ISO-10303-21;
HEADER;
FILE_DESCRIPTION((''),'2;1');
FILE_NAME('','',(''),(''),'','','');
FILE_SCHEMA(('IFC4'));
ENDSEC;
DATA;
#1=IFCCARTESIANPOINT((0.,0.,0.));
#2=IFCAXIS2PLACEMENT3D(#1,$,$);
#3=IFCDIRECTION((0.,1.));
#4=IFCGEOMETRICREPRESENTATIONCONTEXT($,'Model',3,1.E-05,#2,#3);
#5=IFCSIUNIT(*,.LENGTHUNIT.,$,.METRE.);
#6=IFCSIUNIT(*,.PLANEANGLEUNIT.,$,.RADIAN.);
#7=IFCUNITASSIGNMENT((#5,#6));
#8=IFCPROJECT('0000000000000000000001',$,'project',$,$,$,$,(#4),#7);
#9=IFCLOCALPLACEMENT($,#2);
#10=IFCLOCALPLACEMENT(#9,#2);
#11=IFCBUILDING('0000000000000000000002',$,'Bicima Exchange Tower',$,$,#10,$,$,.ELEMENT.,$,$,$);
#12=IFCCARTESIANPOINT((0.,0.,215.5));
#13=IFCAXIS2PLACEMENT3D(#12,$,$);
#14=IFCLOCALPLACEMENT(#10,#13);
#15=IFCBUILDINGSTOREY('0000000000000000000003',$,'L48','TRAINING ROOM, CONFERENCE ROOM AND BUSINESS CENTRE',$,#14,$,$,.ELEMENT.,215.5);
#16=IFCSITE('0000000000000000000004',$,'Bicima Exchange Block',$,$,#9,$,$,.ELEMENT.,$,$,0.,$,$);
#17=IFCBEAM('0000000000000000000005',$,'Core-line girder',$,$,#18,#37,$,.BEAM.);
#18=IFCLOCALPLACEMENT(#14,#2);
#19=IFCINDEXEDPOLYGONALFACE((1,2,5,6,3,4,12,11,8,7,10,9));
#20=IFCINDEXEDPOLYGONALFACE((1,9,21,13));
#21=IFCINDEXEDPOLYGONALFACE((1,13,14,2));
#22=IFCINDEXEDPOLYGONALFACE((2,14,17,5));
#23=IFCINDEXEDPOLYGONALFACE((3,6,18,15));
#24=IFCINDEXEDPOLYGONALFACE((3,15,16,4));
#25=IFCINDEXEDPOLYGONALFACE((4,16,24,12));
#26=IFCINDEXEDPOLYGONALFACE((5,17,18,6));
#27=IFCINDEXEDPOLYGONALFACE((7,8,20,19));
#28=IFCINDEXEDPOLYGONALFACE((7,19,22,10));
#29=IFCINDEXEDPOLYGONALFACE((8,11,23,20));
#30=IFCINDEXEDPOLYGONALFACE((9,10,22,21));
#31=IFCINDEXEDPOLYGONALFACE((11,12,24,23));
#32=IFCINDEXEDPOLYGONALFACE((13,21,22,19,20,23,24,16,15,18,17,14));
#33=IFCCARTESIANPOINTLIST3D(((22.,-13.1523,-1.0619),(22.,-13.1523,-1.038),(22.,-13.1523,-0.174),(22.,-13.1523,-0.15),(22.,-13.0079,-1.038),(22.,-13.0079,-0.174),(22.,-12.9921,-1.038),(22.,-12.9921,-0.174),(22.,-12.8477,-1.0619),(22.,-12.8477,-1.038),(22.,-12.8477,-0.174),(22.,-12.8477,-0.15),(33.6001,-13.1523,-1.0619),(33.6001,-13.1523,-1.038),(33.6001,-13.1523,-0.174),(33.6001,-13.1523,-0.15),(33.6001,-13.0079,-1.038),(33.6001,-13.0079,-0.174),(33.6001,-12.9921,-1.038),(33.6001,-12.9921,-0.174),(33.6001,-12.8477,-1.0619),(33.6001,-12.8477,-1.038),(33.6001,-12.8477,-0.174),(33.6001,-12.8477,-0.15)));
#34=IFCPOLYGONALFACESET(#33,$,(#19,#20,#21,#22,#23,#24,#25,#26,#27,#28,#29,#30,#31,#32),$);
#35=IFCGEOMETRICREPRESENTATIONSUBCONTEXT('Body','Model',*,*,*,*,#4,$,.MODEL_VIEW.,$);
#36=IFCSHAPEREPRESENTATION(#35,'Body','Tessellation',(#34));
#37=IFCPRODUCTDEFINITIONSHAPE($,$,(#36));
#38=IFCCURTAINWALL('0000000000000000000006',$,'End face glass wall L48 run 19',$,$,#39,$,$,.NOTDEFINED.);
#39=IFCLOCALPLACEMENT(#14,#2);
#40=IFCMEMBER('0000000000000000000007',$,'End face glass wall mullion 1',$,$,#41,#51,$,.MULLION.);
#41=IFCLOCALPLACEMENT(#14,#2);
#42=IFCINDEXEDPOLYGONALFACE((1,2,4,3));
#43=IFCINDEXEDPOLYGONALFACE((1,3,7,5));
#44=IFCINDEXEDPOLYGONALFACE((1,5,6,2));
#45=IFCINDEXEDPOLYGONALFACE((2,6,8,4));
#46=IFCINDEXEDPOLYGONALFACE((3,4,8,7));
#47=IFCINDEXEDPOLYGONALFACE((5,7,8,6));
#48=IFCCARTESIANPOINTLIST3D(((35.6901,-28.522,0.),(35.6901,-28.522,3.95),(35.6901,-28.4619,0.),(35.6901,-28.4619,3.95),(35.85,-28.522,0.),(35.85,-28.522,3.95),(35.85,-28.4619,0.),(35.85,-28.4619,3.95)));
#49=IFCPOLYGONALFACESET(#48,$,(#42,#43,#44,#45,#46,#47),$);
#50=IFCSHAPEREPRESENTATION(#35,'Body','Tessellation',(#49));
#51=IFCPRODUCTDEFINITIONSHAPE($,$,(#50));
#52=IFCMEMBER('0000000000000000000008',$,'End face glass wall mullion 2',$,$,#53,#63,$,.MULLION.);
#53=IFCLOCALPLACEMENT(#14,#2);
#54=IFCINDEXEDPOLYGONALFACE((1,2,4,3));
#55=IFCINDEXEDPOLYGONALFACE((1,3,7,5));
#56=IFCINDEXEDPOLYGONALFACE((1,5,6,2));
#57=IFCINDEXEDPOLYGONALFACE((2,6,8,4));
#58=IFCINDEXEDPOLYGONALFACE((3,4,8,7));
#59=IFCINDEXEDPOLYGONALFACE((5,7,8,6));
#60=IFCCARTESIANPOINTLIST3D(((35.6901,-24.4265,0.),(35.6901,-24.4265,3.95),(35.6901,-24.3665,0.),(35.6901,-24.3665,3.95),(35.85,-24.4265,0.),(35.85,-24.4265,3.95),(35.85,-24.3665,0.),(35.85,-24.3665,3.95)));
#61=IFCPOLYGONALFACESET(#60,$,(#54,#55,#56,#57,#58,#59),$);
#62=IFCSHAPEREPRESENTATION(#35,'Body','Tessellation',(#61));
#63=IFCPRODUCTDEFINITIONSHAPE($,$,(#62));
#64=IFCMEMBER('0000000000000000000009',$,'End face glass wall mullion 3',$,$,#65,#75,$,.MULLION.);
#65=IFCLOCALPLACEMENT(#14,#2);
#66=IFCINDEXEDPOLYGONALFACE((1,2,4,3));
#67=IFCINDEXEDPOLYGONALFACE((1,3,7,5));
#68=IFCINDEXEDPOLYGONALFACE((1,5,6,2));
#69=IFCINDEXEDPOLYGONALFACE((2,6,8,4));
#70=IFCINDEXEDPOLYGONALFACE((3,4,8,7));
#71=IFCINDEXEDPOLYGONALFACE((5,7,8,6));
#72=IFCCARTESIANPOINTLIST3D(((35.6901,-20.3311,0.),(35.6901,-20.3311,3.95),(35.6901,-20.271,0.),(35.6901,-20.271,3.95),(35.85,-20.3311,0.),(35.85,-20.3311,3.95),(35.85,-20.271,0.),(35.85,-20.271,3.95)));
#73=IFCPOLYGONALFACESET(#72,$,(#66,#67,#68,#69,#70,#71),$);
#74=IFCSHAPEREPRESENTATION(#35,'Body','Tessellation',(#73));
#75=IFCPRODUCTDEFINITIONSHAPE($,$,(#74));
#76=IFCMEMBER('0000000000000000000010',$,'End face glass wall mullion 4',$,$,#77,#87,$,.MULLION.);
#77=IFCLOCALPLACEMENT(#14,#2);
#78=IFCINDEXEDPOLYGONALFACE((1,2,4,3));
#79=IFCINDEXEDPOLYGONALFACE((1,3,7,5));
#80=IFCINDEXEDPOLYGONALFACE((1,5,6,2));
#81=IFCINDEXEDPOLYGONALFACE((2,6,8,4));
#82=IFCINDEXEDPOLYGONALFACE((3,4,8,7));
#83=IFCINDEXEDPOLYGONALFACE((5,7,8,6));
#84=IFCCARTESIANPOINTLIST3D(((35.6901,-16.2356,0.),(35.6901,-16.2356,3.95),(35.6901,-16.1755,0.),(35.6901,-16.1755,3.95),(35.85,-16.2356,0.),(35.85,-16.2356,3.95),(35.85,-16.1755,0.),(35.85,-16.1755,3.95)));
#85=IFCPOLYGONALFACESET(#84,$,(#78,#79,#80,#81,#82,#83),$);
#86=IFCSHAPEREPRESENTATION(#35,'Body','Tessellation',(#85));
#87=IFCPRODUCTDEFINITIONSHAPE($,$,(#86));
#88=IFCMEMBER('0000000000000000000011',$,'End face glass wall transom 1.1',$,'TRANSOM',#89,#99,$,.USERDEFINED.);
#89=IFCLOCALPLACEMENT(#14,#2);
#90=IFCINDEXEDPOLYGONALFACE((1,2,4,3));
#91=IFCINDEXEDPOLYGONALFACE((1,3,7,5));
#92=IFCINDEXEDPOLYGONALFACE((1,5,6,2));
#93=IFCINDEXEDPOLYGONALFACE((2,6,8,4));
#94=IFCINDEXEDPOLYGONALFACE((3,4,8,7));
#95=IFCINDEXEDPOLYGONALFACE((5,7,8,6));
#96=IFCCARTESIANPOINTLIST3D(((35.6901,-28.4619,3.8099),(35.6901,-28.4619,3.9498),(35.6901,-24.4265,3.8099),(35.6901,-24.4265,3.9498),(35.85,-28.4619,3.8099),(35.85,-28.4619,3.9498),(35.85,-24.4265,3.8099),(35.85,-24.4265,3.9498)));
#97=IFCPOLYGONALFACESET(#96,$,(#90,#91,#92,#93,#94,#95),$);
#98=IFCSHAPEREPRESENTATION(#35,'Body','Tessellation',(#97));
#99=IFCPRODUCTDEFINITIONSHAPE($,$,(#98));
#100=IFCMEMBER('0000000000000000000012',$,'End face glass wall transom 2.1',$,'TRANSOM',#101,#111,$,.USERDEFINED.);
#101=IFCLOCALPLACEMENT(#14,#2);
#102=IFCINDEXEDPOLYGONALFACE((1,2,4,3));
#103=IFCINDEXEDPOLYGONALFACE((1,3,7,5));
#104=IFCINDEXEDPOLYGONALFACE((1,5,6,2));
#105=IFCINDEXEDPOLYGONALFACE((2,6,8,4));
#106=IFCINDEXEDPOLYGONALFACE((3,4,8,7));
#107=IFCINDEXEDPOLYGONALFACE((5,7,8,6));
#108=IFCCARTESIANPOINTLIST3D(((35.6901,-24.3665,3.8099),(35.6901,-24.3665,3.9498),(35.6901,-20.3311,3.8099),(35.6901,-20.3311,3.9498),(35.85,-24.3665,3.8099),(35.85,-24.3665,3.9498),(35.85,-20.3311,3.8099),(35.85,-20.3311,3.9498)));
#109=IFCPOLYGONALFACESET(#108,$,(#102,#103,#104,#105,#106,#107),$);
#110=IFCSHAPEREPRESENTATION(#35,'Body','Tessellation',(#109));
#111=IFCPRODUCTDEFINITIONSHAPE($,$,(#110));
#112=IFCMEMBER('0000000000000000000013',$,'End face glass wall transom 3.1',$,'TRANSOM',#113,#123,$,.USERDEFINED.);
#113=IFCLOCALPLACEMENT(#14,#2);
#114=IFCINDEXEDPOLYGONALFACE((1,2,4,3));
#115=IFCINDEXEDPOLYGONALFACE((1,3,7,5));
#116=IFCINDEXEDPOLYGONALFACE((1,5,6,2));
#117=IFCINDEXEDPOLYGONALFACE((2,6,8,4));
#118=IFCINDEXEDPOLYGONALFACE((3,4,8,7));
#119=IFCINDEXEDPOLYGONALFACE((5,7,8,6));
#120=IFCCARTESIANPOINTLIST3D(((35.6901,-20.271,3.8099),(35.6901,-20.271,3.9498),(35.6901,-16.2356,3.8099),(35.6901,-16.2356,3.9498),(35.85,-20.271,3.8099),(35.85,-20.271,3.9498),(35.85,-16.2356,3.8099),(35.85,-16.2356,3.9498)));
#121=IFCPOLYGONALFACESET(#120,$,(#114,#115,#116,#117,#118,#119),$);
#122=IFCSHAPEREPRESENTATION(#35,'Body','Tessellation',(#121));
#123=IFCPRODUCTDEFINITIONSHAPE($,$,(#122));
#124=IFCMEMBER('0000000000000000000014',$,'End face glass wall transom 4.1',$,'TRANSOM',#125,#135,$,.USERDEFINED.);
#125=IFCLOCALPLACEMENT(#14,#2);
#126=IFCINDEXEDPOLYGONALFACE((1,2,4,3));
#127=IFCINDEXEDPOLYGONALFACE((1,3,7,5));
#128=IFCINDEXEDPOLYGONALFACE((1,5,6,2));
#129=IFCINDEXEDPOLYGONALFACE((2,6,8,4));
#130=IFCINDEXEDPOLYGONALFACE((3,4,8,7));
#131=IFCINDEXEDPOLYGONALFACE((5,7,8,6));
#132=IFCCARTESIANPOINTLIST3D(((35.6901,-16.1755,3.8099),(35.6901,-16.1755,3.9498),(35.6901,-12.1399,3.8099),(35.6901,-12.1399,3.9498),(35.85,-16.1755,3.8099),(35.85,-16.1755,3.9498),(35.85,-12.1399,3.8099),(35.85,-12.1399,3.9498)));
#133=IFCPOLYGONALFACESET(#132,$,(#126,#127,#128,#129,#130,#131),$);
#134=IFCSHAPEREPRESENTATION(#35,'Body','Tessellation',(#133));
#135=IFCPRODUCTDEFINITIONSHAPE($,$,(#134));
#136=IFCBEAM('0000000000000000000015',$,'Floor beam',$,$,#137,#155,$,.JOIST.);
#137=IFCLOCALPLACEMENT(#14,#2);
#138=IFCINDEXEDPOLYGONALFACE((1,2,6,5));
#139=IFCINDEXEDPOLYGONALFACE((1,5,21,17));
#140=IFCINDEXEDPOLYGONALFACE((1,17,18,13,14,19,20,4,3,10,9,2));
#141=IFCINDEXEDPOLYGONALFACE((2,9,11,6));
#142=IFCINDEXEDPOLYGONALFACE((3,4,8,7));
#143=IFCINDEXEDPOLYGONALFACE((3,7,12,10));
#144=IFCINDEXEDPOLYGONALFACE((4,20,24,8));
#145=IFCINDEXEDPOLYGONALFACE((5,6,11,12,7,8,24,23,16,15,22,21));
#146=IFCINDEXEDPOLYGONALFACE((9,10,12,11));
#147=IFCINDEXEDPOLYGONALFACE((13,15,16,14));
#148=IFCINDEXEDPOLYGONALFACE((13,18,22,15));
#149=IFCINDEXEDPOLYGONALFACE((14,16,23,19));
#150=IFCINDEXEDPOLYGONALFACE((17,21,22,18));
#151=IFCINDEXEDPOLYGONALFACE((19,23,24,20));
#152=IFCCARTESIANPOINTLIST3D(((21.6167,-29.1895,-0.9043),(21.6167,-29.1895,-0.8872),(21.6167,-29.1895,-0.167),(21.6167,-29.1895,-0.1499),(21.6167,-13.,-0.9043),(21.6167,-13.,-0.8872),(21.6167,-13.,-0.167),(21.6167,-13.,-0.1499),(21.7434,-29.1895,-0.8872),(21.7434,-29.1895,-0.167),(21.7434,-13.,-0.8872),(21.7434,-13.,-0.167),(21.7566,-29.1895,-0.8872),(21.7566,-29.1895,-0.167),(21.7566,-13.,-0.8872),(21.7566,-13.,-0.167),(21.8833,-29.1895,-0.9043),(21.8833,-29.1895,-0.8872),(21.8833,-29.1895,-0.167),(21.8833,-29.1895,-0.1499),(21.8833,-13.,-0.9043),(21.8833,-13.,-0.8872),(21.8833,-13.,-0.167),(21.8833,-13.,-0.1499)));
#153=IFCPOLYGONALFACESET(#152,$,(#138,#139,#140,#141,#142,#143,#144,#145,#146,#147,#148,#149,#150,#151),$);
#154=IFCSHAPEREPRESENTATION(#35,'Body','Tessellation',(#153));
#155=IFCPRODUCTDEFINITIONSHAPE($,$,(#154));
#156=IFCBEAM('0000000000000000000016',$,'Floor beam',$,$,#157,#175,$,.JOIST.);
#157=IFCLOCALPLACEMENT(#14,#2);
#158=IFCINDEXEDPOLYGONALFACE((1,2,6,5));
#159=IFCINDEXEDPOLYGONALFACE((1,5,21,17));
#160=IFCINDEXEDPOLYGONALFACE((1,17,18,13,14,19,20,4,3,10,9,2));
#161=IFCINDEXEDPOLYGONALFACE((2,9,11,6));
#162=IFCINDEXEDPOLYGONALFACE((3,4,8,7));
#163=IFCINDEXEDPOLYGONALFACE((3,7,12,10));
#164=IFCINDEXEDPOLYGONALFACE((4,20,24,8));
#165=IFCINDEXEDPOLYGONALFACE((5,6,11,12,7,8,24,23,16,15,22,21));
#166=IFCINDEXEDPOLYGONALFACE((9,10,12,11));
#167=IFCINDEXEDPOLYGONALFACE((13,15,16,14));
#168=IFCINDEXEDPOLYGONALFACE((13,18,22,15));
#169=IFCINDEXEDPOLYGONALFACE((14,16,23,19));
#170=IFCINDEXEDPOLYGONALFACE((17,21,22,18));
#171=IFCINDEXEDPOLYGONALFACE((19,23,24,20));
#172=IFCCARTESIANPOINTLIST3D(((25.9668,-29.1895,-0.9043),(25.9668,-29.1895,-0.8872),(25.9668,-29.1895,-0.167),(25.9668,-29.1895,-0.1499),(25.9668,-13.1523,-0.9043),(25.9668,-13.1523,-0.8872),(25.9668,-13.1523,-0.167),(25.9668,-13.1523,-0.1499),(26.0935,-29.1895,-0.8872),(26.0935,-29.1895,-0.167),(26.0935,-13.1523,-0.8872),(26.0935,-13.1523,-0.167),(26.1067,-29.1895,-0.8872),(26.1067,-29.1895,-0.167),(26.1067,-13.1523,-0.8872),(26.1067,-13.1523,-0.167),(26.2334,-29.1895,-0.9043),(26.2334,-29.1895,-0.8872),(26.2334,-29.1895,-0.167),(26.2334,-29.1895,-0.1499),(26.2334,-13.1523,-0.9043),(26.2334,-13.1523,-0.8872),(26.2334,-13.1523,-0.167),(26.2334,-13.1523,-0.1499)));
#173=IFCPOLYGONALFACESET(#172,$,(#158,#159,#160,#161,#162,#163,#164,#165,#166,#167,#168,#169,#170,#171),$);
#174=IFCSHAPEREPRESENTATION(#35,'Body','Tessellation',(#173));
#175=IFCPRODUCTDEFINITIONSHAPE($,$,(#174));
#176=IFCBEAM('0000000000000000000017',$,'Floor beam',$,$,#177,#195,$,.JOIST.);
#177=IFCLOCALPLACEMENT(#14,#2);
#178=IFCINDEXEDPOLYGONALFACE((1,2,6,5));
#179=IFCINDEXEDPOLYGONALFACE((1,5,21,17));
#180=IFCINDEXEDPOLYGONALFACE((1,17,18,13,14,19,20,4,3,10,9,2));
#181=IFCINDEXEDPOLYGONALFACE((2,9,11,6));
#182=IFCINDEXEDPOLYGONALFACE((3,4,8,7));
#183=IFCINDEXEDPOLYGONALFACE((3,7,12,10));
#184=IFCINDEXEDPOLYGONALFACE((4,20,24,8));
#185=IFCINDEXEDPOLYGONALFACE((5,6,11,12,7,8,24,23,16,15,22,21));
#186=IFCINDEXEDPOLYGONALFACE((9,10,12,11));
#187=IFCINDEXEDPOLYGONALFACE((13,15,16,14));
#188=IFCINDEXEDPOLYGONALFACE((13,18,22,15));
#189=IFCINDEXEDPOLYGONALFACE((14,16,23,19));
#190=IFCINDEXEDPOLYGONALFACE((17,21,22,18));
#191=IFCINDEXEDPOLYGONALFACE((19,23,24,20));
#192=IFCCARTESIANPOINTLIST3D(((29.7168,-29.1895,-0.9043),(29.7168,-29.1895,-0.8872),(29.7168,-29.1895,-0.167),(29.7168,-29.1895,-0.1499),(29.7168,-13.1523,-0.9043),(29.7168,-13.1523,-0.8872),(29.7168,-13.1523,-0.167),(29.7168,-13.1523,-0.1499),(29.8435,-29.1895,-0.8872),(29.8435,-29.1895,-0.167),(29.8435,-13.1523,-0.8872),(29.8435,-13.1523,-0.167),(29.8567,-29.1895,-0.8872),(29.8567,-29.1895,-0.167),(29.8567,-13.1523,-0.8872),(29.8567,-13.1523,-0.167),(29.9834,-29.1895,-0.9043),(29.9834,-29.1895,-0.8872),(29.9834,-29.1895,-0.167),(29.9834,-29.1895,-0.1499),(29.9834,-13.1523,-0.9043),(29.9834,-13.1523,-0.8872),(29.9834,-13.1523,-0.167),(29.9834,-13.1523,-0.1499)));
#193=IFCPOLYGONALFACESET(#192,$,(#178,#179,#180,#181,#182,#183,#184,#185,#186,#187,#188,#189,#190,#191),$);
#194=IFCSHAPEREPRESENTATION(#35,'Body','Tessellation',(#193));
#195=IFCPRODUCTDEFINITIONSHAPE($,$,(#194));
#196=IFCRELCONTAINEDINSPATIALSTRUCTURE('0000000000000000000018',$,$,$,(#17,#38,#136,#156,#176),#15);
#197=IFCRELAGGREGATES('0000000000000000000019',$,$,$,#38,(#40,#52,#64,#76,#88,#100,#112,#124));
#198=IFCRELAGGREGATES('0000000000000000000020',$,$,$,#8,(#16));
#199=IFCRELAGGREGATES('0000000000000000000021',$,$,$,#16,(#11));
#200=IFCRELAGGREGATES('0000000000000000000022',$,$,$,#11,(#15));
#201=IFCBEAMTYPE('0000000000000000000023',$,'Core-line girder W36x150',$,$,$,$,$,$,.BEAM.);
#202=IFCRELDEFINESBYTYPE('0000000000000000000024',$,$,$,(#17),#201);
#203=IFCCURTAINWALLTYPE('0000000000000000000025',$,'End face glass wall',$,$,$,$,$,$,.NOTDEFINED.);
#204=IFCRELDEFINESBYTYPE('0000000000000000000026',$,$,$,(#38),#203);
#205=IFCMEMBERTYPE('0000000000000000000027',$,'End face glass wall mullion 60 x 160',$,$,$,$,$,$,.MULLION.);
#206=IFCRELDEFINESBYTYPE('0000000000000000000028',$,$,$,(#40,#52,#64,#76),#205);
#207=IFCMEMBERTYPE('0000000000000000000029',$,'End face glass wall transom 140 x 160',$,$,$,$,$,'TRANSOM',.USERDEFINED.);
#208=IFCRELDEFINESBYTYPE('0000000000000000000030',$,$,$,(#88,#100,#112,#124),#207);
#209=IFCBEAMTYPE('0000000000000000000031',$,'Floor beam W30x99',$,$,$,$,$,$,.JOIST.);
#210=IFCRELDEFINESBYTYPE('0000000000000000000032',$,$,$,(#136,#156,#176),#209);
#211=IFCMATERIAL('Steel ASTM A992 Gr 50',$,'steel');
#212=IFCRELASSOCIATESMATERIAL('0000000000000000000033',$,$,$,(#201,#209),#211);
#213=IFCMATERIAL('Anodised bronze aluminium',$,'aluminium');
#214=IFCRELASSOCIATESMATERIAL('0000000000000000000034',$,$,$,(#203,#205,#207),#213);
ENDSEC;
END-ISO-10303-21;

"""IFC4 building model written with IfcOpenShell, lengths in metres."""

from ifc_helpers import new_model, si_unit, direction, frame, origin, origin_2d, place, context, subcontext, project, spatial, rectangle, i_section, extrude, material, material_profile, profile_set, type_object, element, aggregate, save


model = new_model("IFC4")

# Units and contexts
model_context = context("Model", 3, precision=1e-05, world=origin(), true_north=direction((0.0, 1.0)))
body_context = subcontext(model_context, "Body", "Model", "MODEL_VIEW")
ifc_project = project(units=[si_unit("LENGTHUNIT", "METRE"), si_unit("PLANEANGLEUNIT", "RADIAN")], contexts=[model_context])

# Site, building, storey
site_placement = place(None, origin())
site = spatial("IfcSite", under=ifc_project, at=site_placement, Name="Bicima Exchange Block", CompositionType="ELEMENT", RefElevation=0.0)
building_placement = place(site_placement, origin())
building = spatial("IfcBuilding", under=site, at=building_placement, Name="Bicima Exchange Tower", CompositionType="ELEMENT")
storey_placement = place(building_placement, frame((0.0, 0.0, 215.5)))
storey = spatial("IfcBuildingStorey", under=building, at=storey_placement, Name="L48", Description="TRAINING ROOM, CONFERENCE ROOM AND BUSINESS CENTRE", CompositionType="ELEMENT", Elevation=215.5)

# Beam
ifc_material_1 = material(Name="Steel ASTM A992 Gr 50", Category="steel")
ifc_material_profile_1 = material_profile(ifc_material_1, i_section(OverallWidth=0.3047, OverallDepth=0.9119, WebThickness=0.0159, FlangeThickness=0.0239, at=origin_2d()))
ifc_profile_set_1 = profile_set([ifc_material_profile_1], Name="Steel ASTM A992 Gr 50")
beam_type_1 = type_object("IfcBeamType", Name="Core-line girder W36x150", PredefinedType="BEAM", material=ifc_profile_set_1)
beam_1_placement = place(storey_placement, frame((22.0, -13.0, -0.606), z_axis=(1.0, 0.0, 0.0), x_axis=(0.0, 1.0, 0.0)))
element("IfcBeam", 1, at=beam_1_placement, inside=storey, type_object=beam_type_1, Name="Core-line girder", PredefinedType="BEAM", context=body_context, shape_type="SweptSolid", body=[
    extrude(i_section(OverallWidth=0.3047, OverallDepth=0.9119, WebThickness=0.0159, FlangeThickness=0.0239, at=origin_2d()), origin(), (0.0, 0.0, 1.0), 11.6001),
])

# Curtain wall, members
ifc_material_2 = material(Name="Anodised bronze aluminium", Category="aluminium")
curtain_wall_type_1 = type_object("IfcCurtainWallType", Name="End face glass wall", PredefinedType="NOTDEFINED", material=ifc_material_2)
curtain_wall_1_placement = place(storey_placement, origin())
curtain_wall_1 = element("IfcCurtainWall", 2, at=curtain_wall_1_placement, inside=storey, type_object=curtain_wall_type_1, Name="End face glass wall L48 run 19", PredefinedType="NOTDEFINED")
ifc_material_profile_2 = material_profile(ifc_material_2, rectangle(XDim=0.1599, YDim=0.0601, at=origin_2d()))
ifc_profile_set_2 = profile_set([ifc_material_profile_2], Name="Anodised bronze aluminium")
member_type_1 = type_object("IfcMemberType", Name="End face glass wall mullion 60 x 160", PredefinedType="MULLION", material=ifc_profile_set_2)
member_1_placement = place(storey_placement, frame((35.77, -28.4919, 0.0), z_axis=(0.0, 0.0, 1.0), x_axis=(-1.0, 0.0, 0.0)))
member_1 = element("IfcMember", 3, at=member_1_placement, type_object=member_type_1, Name="End face glass wall mullion 1", PredefinedType="MULLION", context=body_context, shape_type="SweptSolid", body=[
    extrude(rectangle(XDim=0.1599, YDim=0.0601, at=origin_2d()), origin(), (0.0, 0.0, 1.0), 3.95),
])
member_2_placement = place(storey_placement, frame((35.77, -24.3965, 0.0), z_axis=(0.0, 0.0, 1.0), x_axis=(-1.0, 0.0, 0.0)))
member_2 = element("IfcMember", 4, at=member_2_placement, type_object=member_type_1, Name="End face glass wall mullion 2", PredefinedType="MULLION", context=body_context, shape_type="SweptSolid", body=[
    extrude(rectangle(XDim=0.1599, YDim=0.0601, at=origin_2d()), origin(), (0.0, 0.0, 1.0), 3.95),
])
member_3_placement = place(storey_placement, frame((35.77, -20.301, 0.0), z_axis=(0.0, 0.0, 1.0), x_axis=(-1.0, 0.0, 0.0)))
member_3 = element("IfcMember", 5, at=member_3_placement, type_object=member_type_1, Name="End face glass wall mullion 3", PredefinedType="MULLION", context=body_context, shape_type="SweptSolid", body=[
    extrude(rectangle(XDim=0.1599, YDim=0.0601, at=origin_2d()), origin(), (0.0, 0.0, 1.0), 3.95),
])
member_4_placement = place(storey_placement, frame((35.77, -16.2056, 0.0), z_axis=(0.0, 0.0, 1.0), x_axis=(-1.0, 0.0, 0.0)))
member_4 = element("IfcMember", 6, at=member_4_placement, type_object=member_type_1, Name="End face glass wall mullion 4", PredefinedType="MULLION", context=body_context, shape_type="SweptSolid", body=[
    extrude(rectangle(XDim=0.1599, YDim=0.0601, at=origin_2d()), origin(), (0.0, 0.0, 1.0), 3.95),
])
ifc_material_profile_3 = material_profile(ifc_material_2, rectangle(XDim=0.1599, YDim=0.1399, at=origin_2d()))
ifc_profile_set_3 = profile_set([ifc_material_profile_3], Name="Anodised bronze aluminium")
member_type_2 = type_object("IfcMemberType", Name="End face glass wall transom 140 x 160", ElementType="TRANSOM", PredefinedType="USERDEFINED", material=ifc_profile_set_3)
member_5_placement = place(storey_placement, frame((35.77, -28.4619, 3.8799), z_axis=(0.0, 1.0, 0.0), x_axis=(-1.0, 0.0, 0.0)))
member_5 = element("IfcMember", 7, at=member_5_placement, type_object=member_type_2, Name="End face glass wall transom 1.1", ObjectType="TRANSOM", PredefinedType="USERDEFINED", context=body_context, shape_type="SweptSolid", body=[
    extrude(rectangle(XDim=0.1599, YDim=0.1399, at=origin_2d()), origin(), (0.0, 0.0, 1.0), 4.0354),
])
member_6_placement = place(storey_placement, frame((35.77, -24.3665, 3.8799), z_axis=(0.0, 1.0, 0.0), x_axis=(-1.0, 0.0, 0.0)))
member_6 = element("IfcMember", 8, at=member_6_placement, type_object=member_type_2, Name="End face glass wall transom 2.1", ObjectType="TRANSOM", PredefinedType="USERDEFINED", context=body_context, shape_type="SweptSolid", body=[
    extrude(rectangle(XDim=0.1599, YDim=0.1399, at=origin_2d()), origin(), (0.0, 0.0, 1.0), 4.0354),
])
member_7_placement = place(storey_placement, frame((35.77, -20.271, 3.8799), z_axis=(0.0, 1.0, 0.0), x_axis=(-1.0, 0.0, 0.0)))
member_7 = element("IfcMember", 9, at=member_7_placement, type_object=member_type_2, Name="End face glass wall transom 3.1", ObjectType="TRANSOM", PredefinedType="USERDEFINED", context=body_context, shape_type="SweptSolid", body=[
    extrude(rectangle(XDim=0.1599, YDim=0.1399, at=origin_2d()), origin(), (0.0, 0.0, 1.0), 4.0354),
])
member_8_placement = place(storey_placement, frame((35.77, -16.1755, 3.8799), z_axis=(0.0, 1.0, 0.0), x_axis=(-1.0, 0.0, 0.0)))
member_8 = element("IfcMember", 10, at=member_8_placement, type_object=member_type_2, Name="End face glass wall transom 4.1", ObjectType="TRANSOM", PredefinedType="USERDEFINED", context=body_context, shape_type="SweptSolid", body=[
    extrude(rectangle(XDim=0.1599, YDim=0.1399, at=origin_2d()), origin(), (0.0, 0.0, 1.0), 4.0356),
])

# Beams
ifc_material_profile_4 = material_profile(ifc_material_1, i_section(OverallWidth=0.2666, OverallDepth=0.7544, WebThickness=0.0132, FlangeThickness=0.0171, at=origin_2d()))
ifc_profile_set_4 = profile_set([ifc_material_profile_4], Name="Steel ASTM A992 Gr 50")
beam_type_2 = type_object("IfcBeamType", Name="Floor beam W30x99", PredefinedType="JOIST", material=ifc_profile_set_4)
beam_2_placement = place(storey_placement, frame((21.75, -13.0, -0.5271), z_axis=(0.0, -1.0, 0.0), x_axis=(1.0, 0.0, 0.0)))
element("IfcBeam", 11, at=beam_2_placement, inside=storey, type_object=beam_type_2, Name="Floor beam", PredefinedType="JOIST", context=body_context, shape_type="SweptSolid", body=[
    extrude(i_section(OverallWidth=0.2666, OverallDepth=0.7544, WebThickness=0.0132, FlangeThickness=0.0171, at=origin_2d()), origin(), (0.0, 0.0, 1.0), 16.1895),
])
for number, where, z_axis, x_axis, name in (
    (12, (26.1001, -13.1523, -0.5271), (0.0, -1.0, 0.0), (1.0, 0.0, 0.0), "Floor beam"),
    (13, (29.8501, -13.1523, -0.5271), (0.0, -1.0, 0.0), (1.0, 0.0, 0.0), "Floor beam"),
):
    element("IfcBeam", number, at=place(storey_placement, frame(where, z_axis=z_axis, x_axis=x_axis)), inside=storey, type_object=beam_type_2, Name=name, PredefinedType="JOIST", context=body_context, shape_type="SweptSolid", body=[
        extrude(i_section(OverallWidth=0.2666, OverallDepth=0.7544, WebThickness=0.0132, FlangeThickness=0.0171, at=origin_2d()), origin(), (0.0, 0.0, 1.0), 16.0371),
    ])

aggregate(curtain_wall_1, [member_1, member_2, member_3, member_4, member_5, member_6, member_7, member_8])

save(model, "model.ifc")
